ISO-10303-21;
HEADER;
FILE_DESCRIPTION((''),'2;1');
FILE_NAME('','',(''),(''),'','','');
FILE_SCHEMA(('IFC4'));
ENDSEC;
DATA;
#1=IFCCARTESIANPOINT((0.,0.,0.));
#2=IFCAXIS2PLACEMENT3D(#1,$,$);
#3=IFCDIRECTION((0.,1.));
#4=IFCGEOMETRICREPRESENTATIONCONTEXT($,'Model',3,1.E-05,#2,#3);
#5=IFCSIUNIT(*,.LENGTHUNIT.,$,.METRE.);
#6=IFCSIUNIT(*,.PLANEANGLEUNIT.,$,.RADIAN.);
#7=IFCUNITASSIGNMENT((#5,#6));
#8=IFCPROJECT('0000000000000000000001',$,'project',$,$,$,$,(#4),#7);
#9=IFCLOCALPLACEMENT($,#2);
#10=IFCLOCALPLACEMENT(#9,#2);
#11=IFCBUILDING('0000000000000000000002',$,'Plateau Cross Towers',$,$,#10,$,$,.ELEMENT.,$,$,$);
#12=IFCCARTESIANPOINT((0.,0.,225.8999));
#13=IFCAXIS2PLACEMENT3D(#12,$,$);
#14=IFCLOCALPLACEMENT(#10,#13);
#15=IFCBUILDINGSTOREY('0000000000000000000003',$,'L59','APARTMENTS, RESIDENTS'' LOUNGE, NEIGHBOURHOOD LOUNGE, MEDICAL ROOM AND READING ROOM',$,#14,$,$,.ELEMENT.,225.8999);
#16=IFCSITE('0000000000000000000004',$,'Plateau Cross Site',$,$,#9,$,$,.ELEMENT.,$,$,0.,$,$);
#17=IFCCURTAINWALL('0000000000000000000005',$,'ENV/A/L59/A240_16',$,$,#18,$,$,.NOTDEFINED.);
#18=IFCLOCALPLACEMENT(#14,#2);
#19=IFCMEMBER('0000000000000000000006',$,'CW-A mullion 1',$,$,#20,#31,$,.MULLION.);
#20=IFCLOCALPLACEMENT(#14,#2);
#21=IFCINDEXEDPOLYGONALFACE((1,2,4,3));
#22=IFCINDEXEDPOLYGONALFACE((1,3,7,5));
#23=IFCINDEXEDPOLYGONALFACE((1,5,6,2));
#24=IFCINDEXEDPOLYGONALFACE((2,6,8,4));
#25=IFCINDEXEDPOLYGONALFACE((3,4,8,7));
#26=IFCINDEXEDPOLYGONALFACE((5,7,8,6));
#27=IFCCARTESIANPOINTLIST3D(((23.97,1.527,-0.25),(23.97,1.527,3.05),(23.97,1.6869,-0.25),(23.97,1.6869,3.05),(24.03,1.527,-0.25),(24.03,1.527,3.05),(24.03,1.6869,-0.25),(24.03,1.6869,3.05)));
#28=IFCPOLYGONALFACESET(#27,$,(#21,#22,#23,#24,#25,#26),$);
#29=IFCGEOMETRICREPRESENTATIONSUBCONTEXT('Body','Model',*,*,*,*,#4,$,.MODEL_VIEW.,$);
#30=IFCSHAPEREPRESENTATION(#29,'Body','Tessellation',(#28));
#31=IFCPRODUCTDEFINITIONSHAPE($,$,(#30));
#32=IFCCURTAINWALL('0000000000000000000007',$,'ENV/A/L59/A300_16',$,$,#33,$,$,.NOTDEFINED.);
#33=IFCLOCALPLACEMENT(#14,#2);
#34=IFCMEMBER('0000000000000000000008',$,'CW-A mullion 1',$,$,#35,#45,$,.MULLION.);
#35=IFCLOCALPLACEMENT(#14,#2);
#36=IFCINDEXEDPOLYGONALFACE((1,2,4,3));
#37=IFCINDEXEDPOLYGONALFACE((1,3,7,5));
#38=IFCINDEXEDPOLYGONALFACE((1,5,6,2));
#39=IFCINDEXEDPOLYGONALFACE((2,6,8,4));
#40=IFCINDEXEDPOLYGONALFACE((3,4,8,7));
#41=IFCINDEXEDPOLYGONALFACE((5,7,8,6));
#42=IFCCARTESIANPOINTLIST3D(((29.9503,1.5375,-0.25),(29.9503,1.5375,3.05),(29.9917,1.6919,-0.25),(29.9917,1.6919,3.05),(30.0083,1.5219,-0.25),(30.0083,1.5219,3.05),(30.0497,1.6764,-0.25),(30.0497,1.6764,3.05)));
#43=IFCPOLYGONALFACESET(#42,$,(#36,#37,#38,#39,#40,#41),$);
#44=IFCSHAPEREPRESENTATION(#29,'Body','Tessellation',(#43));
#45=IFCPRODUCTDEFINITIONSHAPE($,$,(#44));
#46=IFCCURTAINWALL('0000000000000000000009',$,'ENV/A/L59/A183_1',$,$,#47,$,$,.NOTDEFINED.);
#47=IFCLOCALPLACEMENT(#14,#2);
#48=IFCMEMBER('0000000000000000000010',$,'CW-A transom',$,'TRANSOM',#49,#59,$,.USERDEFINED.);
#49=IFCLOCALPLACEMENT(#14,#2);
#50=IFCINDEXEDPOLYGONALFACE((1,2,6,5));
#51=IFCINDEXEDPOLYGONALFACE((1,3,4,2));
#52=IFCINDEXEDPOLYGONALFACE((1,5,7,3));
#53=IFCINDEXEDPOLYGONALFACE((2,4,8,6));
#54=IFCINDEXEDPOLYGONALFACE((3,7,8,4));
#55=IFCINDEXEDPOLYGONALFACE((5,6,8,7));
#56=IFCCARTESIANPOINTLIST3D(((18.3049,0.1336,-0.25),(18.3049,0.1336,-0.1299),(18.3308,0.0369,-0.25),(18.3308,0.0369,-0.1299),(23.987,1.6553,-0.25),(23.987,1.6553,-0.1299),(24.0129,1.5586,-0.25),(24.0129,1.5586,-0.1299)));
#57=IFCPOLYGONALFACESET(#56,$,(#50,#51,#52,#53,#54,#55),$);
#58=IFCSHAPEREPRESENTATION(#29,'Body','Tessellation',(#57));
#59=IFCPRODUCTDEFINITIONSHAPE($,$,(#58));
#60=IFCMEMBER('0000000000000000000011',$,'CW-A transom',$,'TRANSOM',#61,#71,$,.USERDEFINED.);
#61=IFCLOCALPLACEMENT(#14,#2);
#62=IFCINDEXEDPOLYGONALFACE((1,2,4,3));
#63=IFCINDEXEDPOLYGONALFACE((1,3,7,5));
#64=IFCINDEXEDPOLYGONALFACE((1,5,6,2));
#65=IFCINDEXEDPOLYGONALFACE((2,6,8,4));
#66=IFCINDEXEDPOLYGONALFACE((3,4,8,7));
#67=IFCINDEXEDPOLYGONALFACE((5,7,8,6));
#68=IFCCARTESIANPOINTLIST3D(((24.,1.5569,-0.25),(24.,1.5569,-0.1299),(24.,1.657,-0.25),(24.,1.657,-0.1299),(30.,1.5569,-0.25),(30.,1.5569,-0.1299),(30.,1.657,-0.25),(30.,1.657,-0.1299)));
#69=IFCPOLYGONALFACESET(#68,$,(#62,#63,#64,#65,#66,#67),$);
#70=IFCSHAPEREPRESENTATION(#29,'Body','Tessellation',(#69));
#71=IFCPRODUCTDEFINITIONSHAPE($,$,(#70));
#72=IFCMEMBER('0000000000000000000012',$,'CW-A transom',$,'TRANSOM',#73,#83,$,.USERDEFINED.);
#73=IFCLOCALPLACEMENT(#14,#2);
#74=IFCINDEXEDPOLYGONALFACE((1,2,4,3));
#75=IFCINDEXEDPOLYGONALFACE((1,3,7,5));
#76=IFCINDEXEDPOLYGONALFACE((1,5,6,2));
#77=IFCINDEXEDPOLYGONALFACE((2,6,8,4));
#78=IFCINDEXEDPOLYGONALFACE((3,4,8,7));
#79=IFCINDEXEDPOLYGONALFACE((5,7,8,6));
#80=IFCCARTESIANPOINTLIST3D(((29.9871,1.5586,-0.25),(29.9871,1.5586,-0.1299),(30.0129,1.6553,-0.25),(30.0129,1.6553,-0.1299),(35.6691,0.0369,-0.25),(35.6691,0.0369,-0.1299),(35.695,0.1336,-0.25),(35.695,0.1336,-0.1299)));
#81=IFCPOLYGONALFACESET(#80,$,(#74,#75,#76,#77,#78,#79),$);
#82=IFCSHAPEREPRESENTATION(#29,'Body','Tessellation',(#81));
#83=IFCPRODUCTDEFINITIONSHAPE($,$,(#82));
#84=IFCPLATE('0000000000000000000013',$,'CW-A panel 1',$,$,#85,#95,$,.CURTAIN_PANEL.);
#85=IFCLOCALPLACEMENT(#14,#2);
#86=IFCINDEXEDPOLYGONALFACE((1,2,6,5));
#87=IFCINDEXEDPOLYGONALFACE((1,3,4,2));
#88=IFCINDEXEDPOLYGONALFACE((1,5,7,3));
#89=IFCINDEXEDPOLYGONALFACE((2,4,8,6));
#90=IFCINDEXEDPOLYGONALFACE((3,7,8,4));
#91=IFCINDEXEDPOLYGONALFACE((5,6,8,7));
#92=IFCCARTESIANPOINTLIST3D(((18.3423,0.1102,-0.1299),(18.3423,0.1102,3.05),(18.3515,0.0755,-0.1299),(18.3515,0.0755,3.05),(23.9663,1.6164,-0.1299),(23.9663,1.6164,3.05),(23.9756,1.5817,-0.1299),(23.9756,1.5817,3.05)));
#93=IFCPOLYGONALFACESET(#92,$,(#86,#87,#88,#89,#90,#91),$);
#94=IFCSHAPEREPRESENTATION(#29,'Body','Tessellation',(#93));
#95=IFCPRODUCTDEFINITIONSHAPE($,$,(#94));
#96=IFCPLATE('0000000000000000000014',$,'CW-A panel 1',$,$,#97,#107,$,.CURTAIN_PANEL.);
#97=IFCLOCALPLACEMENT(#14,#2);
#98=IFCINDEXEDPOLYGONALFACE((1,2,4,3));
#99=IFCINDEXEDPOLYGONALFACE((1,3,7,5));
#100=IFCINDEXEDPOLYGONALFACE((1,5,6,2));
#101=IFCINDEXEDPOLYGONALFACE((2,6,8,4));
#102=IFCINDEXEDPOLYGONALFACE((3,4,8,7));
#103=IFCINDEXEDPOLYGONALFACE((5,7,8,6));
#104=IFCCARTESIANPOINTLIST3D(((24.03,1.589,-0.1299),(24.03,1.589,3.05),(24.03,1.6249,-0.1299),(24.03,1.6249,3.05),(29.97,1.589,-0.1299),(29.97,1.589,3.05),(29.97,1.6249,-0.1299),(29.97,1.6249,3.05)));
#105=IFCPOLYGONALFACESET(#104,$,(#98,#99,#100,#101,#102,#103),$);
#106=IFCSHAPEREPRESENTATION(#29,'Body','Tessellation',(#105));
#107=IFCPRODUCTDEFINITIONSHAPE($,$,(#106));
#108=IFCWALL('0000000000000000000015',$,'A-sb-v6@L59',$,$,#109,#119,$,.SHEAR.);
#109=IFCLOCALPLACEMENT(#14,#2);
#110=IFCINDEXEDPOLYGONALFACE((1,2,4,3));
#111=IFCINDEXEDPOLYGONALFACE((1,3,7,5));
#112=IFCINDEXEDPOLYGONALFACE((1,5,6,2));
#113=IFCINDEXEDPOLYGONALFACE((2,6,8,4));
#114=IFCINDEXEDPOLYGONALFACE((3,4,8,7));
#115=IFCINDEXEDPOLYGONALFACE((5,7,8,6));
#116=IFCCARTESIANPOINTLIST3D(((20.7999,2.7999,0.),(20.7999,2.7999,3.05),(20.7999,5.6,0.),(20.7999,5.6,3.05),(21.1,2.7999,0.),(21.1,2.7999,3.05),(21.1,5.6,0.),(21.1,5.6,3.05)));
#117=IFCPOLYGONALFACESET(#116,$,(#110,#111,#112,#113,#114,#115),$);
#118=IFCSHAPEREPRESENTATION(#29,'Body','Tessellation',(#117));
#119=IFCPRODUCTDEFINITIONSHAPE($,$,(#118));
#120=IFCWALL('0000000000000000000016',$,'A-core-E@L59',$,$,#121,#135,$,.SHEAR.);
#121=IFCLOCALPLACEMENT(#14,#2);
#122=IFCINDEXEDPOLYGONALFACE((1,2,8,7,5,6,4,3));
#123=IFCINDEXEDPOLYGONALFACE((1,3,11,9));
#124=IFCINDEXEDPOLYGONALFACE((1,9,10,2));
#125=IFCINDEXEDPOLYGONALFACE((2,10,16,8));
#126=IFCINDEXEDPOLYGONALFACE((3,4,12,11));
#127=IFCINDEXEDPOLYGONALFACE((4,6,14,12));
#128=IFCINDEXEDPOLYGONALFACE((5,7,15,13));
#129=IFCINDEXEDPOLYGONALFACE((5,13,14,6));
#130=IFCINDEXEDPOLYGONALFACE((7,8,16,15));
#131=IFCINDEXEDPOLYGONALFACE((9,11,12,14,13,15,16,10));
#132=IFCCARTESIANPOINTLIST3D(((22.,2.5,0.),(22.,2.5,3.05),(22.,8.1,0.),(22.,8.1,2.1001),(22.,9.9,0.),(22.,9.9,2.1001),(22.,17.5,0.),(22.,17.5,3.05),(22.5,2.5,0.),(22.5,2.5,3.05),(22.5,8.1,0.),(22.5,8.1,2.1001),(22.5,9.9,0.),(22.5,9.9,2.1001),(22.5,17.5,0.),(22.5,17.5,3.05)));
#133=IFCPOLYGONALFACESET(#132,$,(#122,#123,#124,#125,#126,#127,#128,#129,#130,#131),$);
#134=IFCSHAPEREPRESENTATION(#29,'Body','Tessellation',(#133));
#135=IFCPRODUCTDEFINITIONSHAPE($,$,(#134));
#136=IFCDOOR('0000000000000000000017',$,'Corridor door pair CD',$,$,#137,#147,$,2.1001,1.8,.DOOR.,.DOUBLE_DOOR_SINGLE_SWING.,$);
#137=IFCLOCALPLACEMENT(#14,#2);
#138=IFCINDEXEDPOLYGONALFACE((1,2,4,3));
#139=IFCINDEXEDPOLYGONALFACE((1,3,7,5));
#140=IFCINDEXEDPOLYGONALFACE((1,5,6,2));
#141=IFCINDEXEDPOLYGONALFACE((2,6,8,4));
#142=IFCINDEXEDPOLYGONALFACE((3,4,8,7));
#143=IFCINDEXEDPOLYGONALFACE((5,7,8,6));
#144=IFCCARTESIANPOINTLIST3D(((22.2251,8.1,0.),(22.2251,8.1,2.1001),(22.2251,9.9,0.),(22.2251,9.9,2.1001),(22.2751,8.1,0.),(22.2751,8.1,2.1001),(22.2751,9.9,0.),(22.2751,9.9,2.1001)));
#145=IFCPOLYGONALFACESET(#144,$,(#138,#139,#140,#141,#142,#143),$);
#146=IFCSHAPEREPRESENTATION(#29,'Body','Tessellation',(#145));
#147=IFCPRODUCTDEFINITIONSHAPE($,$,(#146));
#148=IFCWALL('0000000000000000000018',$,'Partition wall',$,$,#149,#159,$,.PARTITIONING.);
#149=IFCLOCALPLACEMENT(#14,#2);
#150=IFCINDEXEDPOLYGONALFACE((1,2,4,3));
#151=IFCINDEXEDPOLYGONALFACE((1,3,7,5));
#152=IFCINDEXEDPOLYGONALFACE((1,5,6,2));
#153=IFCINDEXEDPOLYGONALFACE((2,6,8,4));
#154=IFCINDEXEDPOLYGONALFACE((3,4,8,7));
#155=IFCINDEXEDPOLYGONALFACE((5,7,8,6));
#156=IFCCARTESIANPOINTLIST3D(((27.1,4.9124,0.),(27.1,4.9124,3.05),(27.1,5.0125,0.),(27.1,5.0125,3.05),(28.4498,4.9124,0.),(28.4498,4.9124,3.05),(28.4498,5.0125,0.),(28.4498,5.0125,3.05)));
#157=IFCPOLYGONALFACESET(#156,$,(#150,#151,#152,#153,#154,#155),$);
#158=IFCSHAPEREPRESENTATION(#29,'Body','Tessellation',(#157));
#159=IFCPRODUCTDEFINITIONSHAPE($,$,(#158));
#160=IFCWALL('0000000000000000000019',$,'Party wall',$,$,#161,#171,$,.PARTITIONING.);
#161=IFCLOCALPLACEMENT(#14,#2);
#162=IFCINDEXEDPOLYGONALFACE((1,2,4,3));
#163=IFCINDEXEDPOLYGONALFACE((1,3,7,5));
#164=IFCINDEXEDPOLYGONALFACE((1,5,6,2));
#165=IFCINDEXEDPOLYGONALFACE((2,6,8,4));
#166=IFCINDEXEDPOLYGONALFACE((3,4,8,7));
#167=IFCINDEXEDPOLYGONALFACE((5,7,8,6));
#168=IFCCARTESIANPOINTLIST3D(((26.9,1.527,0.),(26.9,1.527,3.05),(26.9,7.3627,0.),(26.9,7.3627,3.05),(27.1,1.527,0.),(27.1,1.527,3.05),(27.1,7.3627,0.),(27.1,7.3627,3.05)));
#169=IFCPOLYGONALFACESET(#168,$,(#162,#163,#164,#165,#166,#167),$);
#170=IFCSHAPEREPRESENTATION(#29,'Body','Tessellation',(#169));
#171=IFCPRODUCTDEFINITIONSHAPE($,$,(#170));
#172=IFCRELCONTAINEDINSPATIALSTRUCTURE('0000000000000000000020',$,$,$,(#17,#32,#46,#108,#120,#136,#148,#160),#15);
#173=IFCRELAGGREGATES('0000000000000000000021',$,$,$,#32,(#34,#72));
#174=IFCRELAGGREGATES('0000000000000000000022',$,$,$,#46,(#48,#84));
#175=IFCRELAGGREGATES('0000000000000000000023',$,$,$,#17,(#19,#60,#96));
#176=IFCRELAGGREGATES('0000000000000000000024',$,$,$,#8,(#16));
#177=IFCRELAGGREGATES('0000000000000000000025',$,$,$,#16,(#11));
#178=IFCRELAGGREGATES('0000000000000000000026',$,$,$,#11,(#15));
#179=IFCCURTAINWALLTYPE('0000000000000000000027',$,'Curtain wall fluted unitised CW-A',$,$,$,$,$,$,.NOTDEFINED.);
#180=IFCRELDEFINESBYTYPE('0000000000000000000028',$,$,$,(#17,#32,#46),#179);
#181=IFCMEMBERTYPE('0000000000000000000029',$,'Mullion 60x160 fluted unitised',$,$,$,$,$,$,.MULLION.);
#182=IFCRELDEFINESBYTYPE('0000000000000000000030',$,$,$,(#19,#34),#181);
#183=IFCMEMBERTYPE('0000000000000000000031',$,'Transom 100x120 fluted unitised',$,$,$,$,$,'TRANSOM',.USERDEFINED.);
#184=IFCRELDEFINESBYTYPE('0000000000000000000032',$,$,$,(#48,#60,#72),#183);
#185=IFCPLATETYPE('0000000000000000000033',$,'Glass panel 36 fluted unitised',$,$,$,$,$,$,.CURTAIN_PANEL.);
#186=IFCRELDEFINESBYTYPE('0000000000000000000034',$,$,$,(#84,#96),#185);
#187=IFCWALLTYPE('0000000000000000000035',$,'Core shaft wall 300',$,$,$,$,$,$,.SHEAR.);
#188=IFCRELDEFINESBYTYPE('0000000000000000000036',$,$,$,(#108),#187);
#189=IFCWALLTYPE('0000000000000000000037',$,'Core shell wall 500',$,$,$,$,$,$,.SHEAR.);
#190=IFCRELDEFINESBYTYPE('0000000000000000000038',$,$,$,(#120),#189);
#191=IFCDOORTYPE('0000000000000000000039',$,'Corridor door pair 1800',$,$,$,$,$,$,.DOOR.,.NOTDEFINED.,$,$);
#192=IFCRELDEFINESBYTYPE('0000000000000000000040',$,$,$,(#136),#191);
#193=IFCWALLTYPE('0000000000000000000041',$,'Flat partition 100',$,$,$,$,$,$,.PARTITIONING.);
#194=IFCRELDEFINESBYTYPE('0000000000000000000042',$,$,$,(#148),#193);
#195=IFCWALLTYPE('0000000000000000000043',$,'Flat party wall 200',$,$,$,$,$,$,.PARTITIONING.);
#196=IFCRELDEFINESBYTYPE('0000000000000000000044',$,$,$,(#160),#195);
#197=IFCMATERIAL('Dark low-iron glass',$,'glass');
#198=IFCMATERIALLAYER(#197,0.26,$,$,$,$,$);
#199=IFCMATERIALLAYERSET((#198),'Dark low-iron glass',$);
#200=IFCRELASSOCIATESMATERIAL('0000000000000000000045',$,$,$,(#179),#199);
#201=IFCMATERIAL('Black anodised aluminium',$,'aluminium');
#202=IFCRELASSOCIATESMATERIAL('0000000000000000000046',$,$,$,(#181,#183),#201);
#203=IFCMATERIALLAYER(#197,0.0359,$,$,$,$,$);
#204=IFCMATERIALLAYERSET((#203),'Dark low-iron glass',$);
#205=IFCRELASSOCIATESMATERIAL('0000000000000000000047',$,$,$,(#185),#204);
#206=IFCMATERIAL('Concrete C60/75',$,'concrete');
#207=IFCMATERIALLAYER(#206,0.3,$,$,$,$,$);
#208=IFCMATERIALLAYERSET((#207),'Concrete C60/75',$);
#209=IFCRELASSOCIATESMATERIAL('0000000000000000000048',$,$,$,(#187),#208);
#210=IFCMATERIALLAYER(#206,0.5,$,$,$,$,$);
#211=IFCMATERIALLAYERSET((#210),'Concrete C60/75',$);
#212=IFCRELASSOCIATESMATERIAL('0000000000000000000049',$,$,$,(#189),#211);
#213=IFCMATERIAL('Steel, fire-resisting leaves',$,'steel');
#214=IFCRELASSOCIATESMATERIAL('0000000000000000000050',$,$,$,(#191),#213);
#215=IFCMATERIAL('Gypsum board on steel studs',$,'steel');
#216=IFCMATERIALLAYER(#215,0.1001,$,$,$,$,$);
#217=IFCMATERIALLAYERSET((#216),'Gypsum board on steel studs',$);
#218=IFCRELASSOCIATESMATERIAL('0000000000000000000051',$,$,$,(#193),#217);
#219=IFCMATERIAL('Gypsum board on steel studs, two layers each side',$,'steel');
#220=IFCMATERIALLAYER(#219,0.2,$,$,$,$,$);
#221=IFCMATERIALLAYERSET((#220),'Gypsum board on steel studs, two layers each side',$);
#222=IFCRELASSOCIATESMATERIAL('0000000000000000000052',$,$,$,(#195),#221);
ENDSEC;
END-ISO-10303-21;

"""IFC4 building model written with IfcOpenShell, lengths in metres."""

from ifc_helpers import new_model, si_unit, direction, frame, frame_2d, origin, origin_2d, place, context, subcontext, project, spatial, rectangle, extrude, material, layer, layer_set, material_profile, profile_set, type_object, element, fill, aggregate, save


model = new_model("IFC4")

# Units and contexts
model_context = context("Model", 3, precision=1e-05, world=origin(), true_north=direction((0.0, 1.0)))
body_context = subcontext(model_context, "Body", "Model", "MODEL_VIEW")
ifc_project = project(units=[si_unit("LENGTHUNIT", "METRE"), si_unit("PLANEANGLEUNIT", "RADIAN")], contexts=[model_context])

# Site, building, storey
site_placement = place(None, origin())
site = spatial("IfcSite", under=ifc_project, at=site_placement, Name="Plateau Cross Site", CompositionType="ELEMENT", RefElevation=0.0)
building_placement = place(site_placement, origin())
building = spatial("IfcBuilding", under=site, at=building_placement, Name="Plateau Cross Towers", CompositionType="ELEMENT")
storey_placement = place(building_placement, frame((0.0, 0.0, 225.8999)))
storey = spatial("IfcBuildingStorey", under=building, at=storey_placement, Name="L59", Description="APARTMENTS, RESIDENTS' LOUNGE, NEIGHBOURHOOD LOUNGE, MEDICAL ROOM AND READING ROOM", CompositionType="ELEMENT", Elevation=225.8999)

# Curtain walls, members
ifc_material_1 = material(Name="Dark low-iron glass", Category="glass")
ifc_layer_1 = layer(ifc_material_1, 0.26)
ifc_layer_set_1 = layer_set([ifc_layer_1], Name="Dark low-iron glass")
curtain_wall_type = type_object("IfcCurtainWallType", Name="Curtain wall fluted unitised CW-A", PredefinedType="NOTDEFINED", material=ifc_layer_set_1)
curtain_wall_1_placement = place(storey_placement, origin())
curtain_wall_1 = element("IfcCurtainWall", 1, at=curtain_wall_1_placement, inside=storey, type_object=curtain_wall_type, Name="ENV/A/L59/A240_16", PredefinedType="NOTDEFINED")
ifc_material_2 = material(Name="Black anodised aluminium", Category="aluminium")
ifc_material_profile_1 = material_profile(ifc_material_2, rectangle(XDim=0.0601, YDim=0.1599, at=origin_2d()), Name="MULLION 60x160")
ifc_profile_set_1 = profile_set([ifc_material_profile_1], Name="Black anodised aluminium")
member_type_1 = type_object("IfcMemberType", Name="Mullion 60x160 fluted unitised", PredefinedType="MULLION", material=ifc_profile_set_1)
member_1_placement = place(storey_placement, frame((24.0, 1.6069, -0.25), z_axis=(0.0, 0.0, 1.0), x_axis=(1.0, 0.0, 0.0)))
member_1 = element("IfcMember", 2, at=member_1_placement, type_object=member_type_1, Name="CW-A mullion 1", PredefinedType="MULLION", context=body_context, shape_type="SweptSolid", body=[
    extrude(rectangle(XDim=0.0601, YDim=0.1599, at=origin_2d()), origin(), (0.0, 0.0, 1.0), 3.3),
])
curtain_wall_2_placement = place(storey_placement, origin())
curtain_wall_2 = element("IfcCurtainWall", 3, at=curtain_wall_2_placement, inside=storey, type_object=curtain_wall_type, Name="ENV/A/L59/A300_16", PredefinedType="NOTDEFINED")
member_2_placement = place(storey_placement, frame((30.0, 1.6069, -0.25), z_axis=(0.0, 0.0, 1.0), x_axis=(0.965958, -0.258699, 0.0)))
member_2 = element("IfcMember", 4, at=member_2_placement, type_object=member_type_1, Name="CW-A mullion 1", PredefinedType="MULLION", context=body_context, shape_type="SweptSolid", body=[
    extrude(rectangle(XDim=0.0601, YDim=0.1599, at=origin_2d()), origin(), (0.0, 0.0, 1.0), 3.3),
])
curtain_wall_3_placement = place(storey_placement, origin())
curtain_wall_3 = element("IfcCurtainWall", 5, at=curtain_wall_3_placement, inside=storey, type_object=curtain_wall_type, Name="ENV/A/L59/A183_1", PredefinedType="NOTDEFINED")
ifc_material_profile_2 = material_profile(ifc_material_2, rectangle(XDim=0.1001, YDim=0.1201, at=origin_2d()), Name="TRANSOM 100x120")
ifc_profile_set_2 = profile_set([ifc_material_profile_2], Name="Black anodised aluminium")
member_type_2 = type_object("IfcMemberType", Name="Transom 100x120 fluted unitised", ElementType="TRANSOM", PredefinedType="USERDEFINED", material=ifc_profile_set_2)
member_3_placement = place(storey_placement, frame((18.3179, 0.0852, -0.1899), z_axis=(0.96596, 0.258693, 0.0), x_axis=(-0.258693, 0.96596, 0.0)))
member_3 = element("IfcMember", 6, at=member_3_placement, type_object=member_type_2, Name="CW-A transom", ObjectType="TRANSOM", PredefinedType="USERDEFINED", context=body_context, shape_type="SweptSolid", body=[
    extrude(rectangle(XDim=0.1001, YDim=0.1201, at=origin_2d()), origin(), (0.0, 0.0, 1.0), 5.8823),
])

# Members
member_4_placement = place(storey_placement, frame((24.0, 1.6069, -0.1899), z_axis=(1.0, 0.0, 0.0), x_axis=(0.0, 1.0, 0.0)))
member_4 = element("IfcMember", 7, at=member_4_placement, type_object=member_type_2, Name="CW-A transom", ObjectType="TRANSOM", PredefinedType="USERDEFINED", context=body_context, shape_type="SweptSolid", body=[
    extrude(rectangle(XDim=0.1001, YDim=0.1201, at=origin_2d()), origin(), (0.0, 0.0, 1.0), 6.0),
])
member_5_placement = place(storey_placement, frame((30.0, 1.6069, -0.1899), z_axis=(0.96596, -0.258693, 0.0), x_axis=(0.258693, 0.96596, 0.0)))
member_5 = element("IfcMember", 8, at=member_5_placement, type_object=member_type_2, Name="CW-A transom", ObjectType="TRANSOM", PredefinedType="USERDEFINED", context=body_context, shape_type="SweptSolid", body=[
    extrude(rectangle(XDim=0.1001, YDim=0.1201, at=origin_2d()), origin(), (0.0, 0.0, 1.0), 5.8823),
])
aggregate(curtain_wall_2, [member_2, member_5])

# Plates
ifc_layer_2 = layer(ifc_material_1, 0.0359)
ifc_layer_set_2 = layer_set([ifc_layer_2], Name="Dark low-iron glass")
plate_type = type_object("IfcPlateType", Name="Glass panel 36 fluted unitised", PredefinedType="CURTAIN_PANEL", material=ifc_layer_set_2)
plate_1_placement = place(storey_placement, frame((21.1589, 0.8459, -0.1299), z_axis=(0.0, 0.0, 1.0), x_axis=(0.965958, 0.258699, 0.0)))
plate_1 = element("IfcPlate", 9, at=plate_1_placement, type_object=plate_type, Name="CW-A panel 1", PredefinedType="CURTAIN_PANEL", context=body_context, shape_type="SweptSolid", body=[
    extrude(rectangle(XDim=5.8223, YDim=0.0359, at=origin_2d()), origin(), (0.0, 0.0, 1.0), 3.1799),
])
aggregate(curtain_wall_3, [member_3, plate_1])
plate_2_placement = place(storey_placement, frame((27.0, 1.6069, -0.1299), z_axis=(0.0, 0.0, 1.0), x_axis=(1.0, 0.0, 0.0)))
plate_2 = element("IfcPlate", 10, at=plate_2_placement, type_object=plate_type, Name="CW-A panel 1", PredefinedType="CURTAIN_PANEL", context=body_context, shape_type="SweptSolid", body=[
    extrude(rectangle(XDim=5.9399, YDim=0.0359, at=origin_2d()), origin(), (0.0, 0.0, 1.0), 3.1799),
])
aggregate(curtain_wall_1, [member_1, member_4, plate_2])

# Wall
ifc_material_3 = material(Name="Concrete C60/75", Category="concrete")
ifc_layer_3 = layer(ifc_material_3, 0.3)
ifc_layer_set_3 = layer_set([ifc_layer_3], Name="Concrete C60/75")
wall_type_1 = type_object("IfcWallType", Name="Core shaft wall 300", PredefinedType="SHEAR", material=ifc_layer_set_3)
wall_1_placement = place(storey_placement, frame((20.95, 2.8, 0.0), z_axis=(0.0, 0.0, 1.0), x_axis=(0.0, 1.0, 0.0)))
element("IfcWall", 11, at=wall_1_placement, inside=storey, type_object=wall_type_1, Name="A-sb-v6@L59", PredefinedType="SHEAR", context=body_context, shape_type="SweptSolid", body=[
    extrude(rectangle(XDim=2.8, YDim=0.3, at=frame_2d((1.3999, 0.0))), origin(), (0.0, 0.0, 1.0), 3.05),
])

# Wall, opening, door
ifc_layer_4 = layer(ifc_material_3, 0.5)
ifc_layer_set_4 = layer_set([ifc_layer_4], Name="Concrete C60/75")
wall_type_2 = type_object("IfcWallType", Name="Core shell wall 500", PredefinedType="SHEAR", material=ifc_layer_set_4)
wall_2_placement = place(storey_placement, frame((22.25, 2.5, 0.0), z_axis=(0.0, 0.0, 1.0), x_axis=(0.0, 1.0, 0.0)))
wall_2 = element("IfcWall", 12, at=wall_2_placement, inside=storey, type_object=wall_type_2, Name="A-core-E@L59", PredefinedType="SHEAR", context=body_context, shape_type="SweptSolid", body=[
    extrude(rectangle(XDim=15.0, YDim=0.5, at=frame_2d((7.5, 0.0))), origin(), (0.0, 0.0, 1.0), 3.05),
])
opening_placement = place(wall_2_placement, frame((5.6001, 0.0, 0.0)))
opening = element("IfcOpeningElement", 13, at=opening_placement, cuts=wall_2, PredefinedType="OPENING", context=body_context, shape_type="SweptSolid", body=[
    extrude(rectangle(XDim=1.8, YDim=2.1001, at=frame_2d((0.8999, 1.05))), frame((0.0, 0.26, 0.0), z_axis=(0.0, -1.0, 0.0), x_axis=(1.0, 0.0, 0.0)), (0.0, 0.0, 1.0), 0.52),
])
ifc_material_4 = material(Name="Steel, fire-resisting leaves", Category="steel")
door_type = type_object("IfcDoorType", Name="Corridor door pair 1800", OperationType="NOTDEFINED", PredefinedType="DOOR", material=ifc_material_4)
door_placement = place(opening_placement, origin())
door = element("IfcDoor", 14, at=door_placement, inside=storey, type_object=door_type, Name="Corridor door pair CD", OperationType="DOUBLE_DOOR_SINGLE_SWING", OverallHeight=2.1001, OverallWidth=1.8, PredefinedType="DOOR", context=body_context, shape_type="SweptSolid", body=[
    extrude(rectangle(XDim=1.8, YDim=2.1001, at=frame_2d((0.8999, 1.05))), frame((0.0, 0.0249, 0.0), z_axis=(0.0, -1.0, 0.0), x_axis=(1.0, 0.0, 0.0)), (0.0, 0.0, 1.0), 0.05),
])
fill(opening, door)

# Walls
ifc_material_5 = material(Name="Gypsum board on steel studs", Category="steel")
ifc_layer_5 = layer(ifc_material_5, 0.1001)
ifc_layer_set_5 = layer_set([ifc_layer_5], Name="Gypsum board on steel studs")
wall_type_3 = type_object("IfcWallType", Name="Flat partition 100", PredefinedType="PARTITIONING", material=ifc_layer_set_5)
wall_3_placement = place(storey_placement, frame((27.1001, 4.9624, 0.0), z_axis=(0.0, 0.0, 1.0), x_axis=(1.0, 0.0, 0.0)))
element("IfcWall", 15, at=wall_3_placement, inside=storey, type_object=wall_type_3, Name="Partition wall", PredefinedType="PARTITIONING", context=body_context, shape_type="SweptSolid", body=[
    extrude(rectangle(XDim=1.3499, YDim=0.1001, at=frame_2d((0.6748, 0.0))), origin(), (0.0, 0.0, 1.0), 3.05),
])
ifc_material_6 = material(Name="Gypsum board on steel studs, two layers each side", Category="steel")
ifc_layer_6 = layer(ifc_material_6, 0.2)
ifc_layer_set_6 = layer_set([ifc_layer_6], Name="Gypsum board on steel studs, two layers each side")
wall_type_4 = type_object("IfcWallType", Name="Flat party wall 200", PredefinedType="PARTITIONING", material=ifc_layer_set_6)
wall_4_placement = place(storey_placement, frame((27.0, 1.5269, 0.0), z_axis=(0.0, 0.0, 1.0), x_axis=(0.0, 1.0, 0.0)))
element("IfcWall", 16, at=wall_4_placement, inside=storey, type_object=wall_type_4, Name="Party wall", PredefinedType="PARTITIONING", context=body_context, shape_type="SweptSolid", body=[
    extrude(rectangle(XDim=5.8357, YDim=0.2, at=frame_2d((2.918, 0.0))), origin(), (0.0, 0.0, 1.0), 3.05),
])

save(model, "model.ifc")
